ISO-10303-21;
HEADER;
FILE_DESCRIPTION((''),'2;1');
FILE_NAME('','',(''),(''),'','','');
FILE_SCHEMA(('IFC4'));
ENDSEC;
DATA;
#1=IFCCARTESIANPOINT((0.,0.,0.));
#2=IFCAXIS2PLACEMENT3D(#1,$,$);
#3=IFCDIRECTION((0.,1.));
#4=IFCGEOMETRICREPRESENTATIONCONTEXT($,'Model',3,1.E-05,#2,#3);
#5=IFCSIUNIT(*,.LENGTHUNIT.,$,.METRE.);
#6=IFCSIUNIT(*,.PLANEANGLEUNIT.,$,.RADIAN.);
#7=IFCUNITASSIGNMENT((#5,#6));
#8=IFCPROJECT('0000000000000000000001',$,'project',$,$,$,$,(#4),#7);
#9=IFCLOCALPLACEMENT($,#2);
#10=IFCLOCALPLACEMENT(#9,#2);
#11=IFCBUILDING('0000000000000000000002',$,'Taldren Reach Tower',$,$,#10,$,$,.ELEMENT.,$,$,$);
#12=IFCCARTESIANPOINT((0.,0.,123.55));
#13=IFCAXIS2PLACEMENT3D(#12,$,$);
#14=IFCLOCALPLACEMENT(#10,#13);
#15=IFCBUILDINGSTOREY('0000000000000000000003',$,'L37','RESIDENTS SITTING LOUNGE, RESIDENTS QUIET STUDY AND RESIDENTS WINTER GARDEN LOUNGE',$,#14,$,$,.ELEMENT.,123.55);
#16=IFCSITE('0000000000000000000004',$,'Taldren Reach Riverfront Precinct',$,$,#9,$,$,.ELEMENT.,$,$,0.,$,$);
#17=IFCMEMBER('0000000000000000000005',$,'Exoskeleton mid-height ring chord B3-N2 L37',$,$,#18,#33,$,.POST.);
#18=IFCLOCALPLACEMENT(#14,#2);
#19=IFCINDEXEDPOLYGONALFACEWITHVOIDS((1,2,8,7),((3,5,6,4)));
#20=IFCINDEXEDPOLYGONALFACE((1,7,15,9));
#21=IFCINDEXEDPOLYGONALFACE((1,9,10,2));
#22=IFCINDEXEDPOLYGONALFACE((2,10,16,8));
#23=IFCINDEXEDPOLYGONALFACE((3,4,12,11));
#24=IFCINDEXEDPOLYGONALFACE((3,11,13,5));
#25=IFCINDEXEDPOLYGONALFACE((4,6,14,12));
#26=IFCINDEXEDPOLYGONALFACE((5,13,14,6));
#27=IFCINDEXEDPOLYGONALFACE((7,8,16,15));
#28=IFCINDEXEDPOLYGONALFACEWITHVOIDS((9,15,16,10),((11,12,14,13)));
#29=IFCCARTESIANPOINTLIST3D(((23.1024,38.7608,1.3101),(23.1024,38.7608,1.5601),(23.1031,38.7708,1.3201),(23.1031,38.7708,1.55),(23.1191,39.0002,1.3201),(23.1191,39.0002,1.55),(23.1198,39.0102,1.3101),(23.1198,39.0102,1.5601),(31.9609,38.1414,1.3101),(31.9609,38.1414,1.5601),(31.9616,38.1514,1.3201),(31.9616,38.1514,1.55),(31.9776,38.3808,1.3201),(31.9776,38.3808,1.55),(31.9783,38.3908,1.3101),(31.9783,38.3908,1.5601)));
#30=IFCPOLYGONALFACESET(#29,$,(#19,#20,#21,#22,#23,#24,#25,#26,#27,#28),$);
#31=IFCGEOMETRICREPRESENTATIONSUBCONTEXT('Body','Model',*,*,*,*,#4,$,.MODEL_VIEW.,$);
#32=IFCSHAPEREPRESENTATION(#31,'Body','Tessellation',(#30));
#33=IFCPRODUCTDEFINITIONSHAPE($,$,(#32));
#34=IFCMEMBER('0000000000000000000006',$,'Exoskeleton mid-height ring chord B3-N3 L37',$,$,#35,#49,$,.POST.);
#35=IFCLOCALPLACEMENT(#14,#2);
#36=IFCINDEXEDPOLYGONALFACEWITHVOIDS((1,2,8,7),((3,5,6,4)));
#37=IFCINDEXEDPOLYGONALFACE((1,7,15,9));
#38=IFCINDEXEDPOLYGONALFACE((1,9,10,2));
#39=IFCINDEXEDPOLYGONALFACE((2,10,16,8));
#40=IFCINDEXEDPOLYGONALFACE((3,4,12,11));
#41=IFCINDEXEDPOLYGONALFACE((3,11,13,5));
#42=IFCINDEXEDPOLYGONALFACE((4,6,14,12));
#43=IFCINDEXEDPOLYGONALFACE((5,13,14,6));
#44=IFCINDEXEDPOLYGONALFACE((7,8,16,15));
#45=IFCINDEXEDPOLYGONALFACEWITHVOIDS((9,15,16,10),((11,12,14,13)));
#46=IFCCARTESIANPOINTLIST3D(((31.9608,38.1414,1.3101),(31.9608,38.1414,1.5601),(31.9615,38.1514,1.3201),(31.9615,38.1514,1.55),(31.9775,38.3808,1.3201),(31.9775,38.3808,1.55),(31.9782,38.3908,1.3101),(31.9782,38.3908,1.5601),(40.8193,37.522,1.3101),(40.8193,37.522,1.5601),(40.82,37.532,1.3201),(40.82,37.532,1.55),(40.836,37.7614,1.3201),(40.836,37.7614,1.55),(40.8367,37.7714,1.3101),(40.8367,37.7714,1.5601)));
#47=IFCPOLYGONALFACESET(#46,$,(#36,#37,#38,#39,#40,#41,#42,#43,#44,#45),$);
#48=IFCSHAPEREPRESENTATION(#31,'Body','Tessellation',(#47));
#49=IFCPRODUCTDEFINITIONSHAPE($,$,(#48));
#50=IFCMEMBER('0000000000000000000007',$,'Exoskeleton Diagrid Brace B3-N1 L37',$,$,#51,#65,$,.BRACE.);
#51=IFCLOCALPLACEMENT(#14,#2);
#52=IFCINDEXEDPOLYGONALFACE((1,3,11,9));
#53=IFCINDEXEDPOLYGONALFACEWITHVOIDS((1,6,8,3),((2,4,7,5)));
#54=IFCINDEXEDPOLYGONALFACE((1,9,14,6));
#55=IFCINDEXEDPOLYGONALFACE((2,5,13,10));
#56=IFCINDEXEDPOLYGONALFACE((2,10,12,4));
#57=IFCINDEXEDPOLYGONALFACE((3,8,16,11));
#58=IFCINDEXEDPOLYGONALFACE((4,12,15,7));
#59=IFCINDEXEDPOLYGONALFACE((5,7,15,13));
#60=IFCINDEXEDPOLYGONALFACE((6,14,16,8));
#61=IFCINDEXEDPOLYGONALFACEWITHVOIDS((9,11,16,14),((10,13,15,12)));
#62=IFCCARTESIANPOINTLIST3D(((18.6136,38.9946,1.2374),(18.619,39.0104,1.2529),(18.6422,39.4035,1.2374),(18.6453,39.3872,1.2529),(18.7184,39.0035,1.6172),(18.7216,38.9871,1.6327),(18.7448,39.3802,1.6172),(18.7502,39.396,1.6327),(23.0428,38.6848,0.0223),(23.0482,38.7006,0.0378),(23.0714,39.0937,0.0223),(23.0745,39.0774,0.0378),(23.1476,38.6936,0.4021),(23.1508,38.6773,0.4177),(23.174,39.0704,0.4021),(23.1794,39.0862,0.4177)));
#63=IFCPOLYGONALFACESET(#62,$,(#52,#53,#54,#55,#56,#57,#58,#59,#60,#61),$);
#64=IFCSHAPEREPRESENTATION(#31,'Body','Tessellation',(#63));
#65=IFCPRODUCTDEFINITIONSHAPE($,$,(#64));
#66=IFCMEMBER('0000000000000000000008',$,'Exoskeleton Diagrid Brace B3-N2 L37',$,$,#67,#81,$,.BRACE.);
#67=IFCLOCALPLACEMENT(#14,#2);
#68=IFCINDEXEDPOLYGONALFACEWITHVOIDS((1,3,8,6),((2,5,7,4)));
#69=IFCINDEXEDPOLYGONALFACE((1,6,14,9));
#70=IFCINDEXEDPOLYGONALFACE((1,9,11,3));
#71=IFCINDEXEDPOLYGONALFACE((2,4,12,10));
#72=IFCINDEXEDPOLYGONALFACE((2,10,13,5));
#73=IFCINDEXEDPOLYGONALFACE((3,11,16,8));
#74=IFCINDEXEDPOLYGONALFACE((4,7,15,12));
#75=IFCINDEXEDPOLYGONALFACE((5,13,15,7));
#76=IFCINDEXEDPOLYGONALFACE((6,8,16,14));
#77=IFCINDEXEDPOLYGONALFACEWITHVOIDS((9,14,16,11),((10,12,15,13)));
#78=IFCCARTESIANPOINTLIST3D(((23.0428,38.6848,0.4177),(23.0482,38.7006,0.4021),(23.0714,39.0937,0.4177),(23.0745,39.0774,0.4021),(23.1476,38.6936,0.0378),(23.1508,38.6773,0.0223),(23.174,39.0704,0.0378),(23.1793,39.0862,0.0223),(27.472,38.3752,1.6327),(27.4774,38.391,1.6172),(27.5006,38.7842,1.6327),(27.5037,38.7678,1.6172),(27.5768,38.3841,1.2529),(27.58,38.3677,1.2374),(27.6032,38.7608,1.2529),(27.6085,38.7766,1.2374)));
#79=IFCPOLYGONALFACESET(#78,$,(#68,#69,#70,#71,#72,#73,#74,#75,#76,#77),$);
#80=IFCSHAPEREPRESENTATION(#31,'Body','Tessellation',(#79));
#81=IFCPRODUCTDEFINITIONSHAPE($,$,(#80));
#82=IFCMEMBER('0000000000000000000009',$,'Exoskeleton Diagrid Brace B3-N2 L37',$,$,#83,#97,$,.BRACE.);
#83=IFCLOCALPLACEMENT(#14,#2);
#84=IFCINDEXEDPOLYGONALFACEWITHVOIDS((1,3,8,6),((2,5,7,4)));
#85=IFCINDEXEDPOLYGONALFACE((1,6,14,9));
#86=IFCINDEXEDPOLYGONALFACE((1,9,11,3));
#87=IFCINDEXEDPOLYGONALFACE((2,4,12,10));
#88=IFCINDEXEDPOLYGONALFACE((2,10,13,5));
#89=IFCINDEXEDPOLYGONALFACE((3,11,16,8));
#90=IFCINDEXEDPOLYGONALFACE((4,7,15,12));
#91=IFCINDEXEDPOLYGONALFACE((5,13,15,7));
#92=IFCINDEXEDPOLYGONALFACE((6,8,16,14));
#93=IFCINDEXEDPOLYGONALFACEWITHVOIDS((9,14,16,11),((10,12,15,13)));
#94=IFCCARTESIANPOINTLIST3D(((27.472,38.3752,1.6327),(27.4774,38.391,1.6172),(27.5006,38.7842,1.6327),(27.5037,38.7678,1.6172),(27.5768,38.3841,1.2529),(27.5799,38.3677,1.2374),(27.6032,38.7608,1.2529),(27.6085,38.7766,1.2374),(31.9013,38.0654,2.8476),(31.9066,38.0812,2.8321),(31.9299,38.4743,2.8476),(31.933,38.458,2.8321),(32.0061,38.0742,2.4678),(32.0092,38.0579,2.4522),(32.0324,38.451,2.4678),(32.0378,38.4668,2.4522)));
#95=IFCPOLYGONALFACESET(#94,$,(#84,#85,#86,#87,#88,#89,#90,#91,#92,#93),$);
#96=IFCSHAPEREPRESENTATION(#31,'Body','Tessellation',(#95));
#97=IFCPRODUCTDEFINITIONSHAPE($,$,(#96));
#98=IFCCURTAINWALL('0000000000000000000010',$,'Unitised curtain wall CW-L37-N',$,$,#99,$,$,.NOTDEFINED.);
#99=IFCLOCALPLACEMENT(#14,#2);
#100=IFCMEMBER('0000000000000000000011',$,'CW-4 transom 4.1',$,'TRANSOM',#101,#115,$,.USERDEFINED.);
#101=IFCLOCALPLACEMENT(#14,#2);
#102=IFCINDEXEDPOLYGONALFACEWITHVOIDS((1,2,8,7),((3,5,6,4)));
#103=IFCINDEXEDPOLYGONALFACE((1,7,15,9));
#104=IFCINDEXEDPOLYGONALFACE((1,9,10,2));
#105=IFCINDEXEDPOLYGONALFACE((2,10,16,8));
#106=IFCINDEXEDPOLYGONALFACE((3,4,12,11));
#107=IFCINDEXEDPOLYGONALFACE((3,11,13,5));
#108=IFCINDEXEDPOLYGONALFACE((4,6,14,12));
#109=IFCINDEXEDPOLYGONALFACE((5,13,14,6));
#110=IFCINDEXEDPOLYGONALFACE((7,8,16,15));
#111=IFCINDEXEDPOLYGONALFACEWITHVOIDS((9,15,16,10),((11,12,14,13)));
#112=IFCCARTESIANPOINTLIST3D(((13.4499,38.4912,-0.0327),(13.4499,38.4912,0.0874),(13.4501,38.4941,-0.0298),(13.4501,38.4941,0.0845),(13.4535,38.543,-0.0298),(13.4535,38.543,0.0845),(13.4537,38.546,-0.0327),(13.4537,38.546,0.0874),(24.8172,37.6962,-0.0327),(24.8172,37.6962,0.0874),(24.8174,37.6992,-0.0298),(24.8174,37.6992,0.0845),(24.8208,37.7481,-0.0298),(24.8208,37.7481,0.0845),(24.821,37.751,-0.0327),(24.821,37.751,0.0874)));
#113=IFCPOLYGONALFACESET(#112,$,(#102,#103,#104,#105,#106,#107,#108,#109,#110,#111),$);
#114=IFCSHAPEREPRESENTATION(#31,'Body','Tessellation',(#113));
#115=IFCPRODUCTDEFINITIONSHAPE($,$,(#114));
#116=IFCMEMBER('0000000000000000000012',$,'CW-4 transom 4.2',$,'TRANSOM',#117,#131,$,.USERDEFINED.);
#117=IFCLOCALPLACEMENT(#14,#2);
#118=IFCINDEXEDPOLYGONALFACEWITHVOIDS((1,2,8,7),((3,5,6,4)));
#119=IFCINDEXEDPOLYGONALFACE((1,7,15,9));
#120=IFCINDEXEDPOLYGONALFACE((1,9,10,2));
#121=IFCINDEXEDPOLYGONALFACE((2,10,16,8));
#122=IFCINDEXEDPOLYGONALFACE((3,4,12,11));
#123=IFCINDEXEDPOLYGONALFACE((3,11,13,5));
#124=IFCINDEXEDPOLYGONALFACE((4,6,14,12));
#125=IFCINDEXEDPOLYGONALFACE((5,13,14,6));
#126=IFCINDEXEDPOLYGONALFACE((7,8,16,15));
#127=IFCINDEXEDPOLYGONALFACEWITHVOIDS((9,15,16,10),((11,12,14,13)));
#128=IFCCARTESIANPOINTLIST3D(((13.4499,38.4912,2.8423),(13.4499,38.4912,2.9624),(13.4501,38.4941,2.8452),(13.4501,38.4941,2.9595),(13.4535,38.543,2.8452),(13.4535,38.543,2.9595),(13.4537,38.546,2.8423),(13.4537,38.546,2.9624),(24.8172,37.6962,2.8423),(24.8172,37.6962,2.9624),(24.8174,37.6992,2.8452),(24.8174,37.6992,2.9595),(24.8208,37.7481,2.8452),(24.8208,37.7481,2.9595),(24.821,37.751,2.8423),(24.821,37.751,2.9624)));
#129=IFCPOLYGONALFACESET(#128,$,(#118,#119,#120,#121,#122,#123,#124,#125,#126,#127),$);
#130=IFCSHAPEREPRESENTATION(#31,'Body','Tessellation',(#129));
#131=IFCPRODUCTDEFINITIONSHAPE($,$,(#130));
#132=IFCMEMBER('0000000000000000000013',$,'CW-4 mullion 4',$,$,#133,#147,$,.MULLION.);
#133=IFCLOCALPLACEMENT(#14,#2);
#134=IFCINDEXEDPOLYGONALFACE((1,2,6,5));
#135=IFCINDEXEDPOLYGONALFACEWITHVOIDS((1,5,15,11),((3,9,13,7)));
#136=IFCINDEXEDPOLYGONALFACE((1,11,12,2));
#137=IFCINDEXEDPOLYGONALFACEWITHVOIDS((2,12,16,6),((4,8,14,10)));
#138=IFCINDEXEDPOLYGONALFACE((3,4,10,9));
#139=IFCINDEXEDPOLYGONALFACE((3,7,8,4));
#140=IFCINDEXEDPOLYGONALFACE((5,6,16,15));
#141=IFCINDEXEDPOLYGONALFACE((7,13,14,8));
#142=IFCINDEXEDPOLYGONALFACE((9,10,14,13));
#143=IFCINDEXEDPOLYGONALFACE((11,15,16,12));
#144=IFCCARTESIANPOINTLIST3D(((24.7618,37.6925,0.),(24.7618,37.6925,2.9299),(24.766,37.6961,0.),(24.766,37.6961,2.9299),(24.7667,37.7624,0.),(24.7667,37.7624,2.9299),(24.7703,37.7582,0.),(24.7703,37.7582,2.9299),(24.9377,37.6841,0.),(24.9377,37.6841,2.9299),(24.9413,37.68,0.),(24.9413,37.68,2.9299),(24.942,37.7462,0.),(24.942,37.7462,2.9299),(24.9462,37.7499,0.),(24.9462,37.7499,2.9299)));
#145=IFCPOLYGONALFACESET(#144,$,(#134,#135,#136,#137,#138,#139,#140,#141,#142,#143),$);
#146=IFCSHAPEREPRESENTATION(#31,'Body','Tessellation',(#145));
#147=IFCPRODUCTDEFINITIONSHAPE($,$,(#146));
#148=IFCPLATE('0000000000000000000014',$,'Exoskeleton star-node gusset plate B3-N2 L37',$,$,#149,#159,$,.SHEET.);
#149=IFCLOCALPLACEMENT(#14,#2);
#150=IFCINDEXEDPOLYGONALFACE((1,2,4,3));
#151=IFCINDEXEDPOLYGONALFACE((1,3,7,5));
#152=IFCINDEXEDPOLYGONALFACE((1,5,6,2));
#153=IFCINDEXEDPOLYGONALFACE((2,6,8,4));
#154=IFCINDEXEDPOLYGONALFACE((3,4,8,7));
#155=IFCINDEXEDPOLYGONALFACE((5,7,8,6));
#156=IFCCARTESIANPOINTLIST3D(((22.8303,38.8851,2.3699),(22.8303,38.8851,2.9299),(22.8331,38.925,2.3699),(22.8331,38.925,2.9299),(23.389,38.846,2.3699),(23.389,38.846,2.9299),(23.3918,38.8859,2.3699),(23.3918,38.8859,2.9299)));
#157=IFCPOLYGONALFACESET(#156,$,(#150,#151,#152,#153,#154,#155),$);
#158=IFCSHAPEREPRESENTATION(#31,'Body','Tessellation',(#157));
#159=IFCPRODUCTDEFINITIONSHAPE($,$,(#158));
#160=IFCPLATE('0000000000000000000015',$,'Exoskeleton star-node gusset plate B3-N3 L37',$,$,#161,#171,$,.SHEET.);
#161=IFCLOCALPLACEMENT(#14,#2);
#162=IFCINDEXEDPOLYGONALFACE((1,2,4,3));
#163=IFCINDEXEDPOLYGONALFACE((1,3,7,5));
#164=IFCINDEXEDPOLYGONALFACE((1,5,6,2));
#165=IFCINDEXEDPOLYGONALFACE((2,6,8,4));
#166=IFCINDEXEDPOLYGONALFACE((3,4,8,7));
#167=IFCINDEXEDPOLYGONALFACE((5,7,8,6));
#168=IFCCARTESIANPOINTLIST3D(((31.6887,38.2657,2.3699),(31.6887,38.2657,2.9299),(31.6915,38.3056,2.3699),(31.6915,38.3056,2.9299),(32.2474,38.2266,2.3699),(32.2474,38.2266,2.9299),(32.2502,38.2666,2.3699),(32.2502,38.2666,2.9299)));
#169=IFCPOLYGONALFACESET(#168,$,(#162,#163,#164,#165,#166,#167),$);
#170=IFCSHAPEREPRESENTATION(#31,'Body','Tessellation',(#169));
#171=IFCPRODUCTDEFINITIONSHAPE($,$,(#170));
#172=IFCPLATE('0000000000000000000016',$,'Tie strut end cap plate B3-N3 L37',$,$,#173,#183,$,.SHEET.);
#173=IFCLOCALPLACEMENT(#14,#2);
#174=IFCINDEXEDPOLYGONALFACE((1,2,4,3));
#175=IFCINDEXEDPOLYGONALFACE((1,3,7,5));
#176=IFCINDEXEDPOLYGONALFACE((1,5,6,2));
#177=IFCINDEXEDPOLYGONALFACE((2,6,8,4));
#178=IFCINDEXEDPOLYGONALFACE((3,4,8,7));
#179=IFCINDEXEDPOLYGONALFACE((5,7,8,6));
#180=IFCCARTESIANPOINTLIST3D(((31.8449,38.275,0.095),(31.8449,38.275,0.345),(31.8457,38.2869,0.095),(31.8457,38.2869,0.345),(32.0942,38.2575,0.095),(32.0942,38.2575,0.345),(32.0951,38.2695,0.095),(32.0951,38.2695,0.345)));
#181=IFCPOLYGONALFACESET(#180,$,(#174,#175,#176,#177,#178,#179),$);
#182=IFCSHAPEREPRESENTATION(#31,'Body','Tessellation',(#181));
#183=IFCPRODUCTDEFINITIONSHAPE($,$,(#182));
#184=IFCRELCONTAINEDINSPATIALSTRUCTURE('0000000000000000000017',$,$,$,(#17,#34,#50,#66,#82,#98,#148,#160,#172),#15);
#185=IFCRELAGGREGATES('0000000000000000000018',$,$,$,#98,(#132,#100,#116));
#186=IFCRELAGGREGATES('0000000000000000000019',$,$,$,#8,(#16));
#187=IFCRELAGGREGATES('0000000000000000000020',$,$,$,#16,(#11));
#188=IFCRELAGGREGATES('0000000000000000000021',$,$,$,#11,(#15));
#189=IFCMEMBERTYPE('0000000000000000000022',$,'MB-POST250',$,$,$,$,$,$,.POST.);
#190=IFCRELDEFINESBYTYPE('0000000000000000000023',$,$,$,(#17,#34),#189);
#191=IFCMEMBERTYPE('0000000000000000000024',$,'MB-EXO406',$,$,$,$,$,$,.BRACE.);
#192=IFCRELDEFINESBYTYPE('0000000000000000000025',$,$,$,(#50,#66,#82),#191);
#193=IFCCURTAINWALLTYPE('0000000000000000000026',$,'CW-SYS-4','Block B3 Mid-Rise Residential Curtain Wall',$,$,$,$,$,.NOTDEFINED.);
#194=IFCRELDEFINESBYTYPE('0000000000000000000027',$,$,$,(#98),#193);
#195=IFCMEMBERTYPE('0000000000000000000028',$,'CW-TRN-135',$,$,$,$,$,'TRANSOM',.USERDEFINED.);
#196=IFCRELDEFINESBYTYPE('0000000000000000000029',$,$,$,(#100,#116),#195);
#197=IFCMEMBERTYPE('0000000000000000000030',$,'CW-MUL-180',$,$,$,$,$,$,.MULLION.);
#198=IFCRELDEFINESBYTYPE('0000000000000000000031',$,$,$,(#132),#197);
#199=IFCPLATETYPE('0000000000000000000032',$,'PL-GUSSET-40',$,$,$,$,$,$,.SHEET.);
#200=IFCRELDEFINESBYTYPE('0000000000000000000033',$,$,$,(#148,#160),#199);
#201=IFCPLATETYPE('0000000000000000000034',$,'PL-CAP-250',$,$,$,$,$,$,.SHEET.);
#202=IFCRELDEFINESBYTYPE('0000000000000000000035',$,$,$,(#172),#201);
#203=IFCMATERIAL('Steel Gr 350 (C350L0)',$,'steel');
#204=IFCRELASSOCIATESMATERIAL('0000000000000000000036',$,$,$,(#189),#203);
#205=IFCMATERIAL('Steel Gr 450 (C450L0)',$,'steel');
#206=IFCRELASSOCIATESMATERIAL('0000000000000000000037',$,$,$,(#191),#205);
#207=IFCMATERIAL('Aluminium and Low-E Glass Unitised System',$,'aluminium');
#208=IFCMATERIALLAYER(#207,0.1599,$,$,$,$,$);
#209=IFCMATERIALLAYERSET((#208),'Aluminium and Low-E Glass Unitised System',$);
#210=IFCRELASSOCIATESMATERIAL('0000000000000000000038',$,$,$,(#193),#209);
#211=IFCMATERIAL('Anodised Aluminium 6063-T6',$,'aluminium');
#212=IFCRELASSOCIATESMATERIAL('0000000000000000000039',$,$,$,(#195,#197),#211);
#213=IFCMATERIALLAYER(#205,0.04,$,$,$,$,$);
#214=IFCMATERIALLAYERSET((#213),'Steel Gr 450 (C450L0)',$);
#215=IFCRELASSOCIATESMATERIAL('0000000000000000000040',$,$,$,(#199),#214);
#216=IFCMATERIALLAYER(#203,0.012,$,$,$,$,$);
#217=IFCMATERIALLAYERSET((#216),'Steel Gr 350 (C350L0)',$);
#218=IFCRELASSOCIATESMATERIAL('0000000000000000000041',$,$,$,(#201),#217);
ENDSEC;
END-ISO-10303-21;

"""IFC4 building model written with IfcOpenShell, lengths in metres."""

from ifc_helpers import new_model, si_unit, direction, frame, origin, origin_2d, place, context, subcontext, project, spatial, rectangle, hollow_rectangle, extrude, source, transform, mapped, material, layer, layer_set, material_profile, profile_set, type_object, element, aggregate, save


model = new_model("IFC4")

# Units and contexts
model_context = context("Model", 3, precision=1e-05, world=origin(), true_north=direction((0.0, 1.0)))
body_context = subcontext(model_context, "Body", "Model", "MODEL_VIEW")
ifc_project = project(units=[si_unit("LENGTHUNIT", "METRE"), si_unit("PLANEANGLEUNIT", "RADIAN")], contexts=[model_context])

# Site, building, storey
site_placement = place(None, origin())
site = spatial("IfcSite", under=ifc_project, at=site_placement, Name="Taldren Reach Riverfront Precinct", CompositionType="ELEMENT", RefElevation=0.0)
building_placement = place(site_placement, origin())
building = spatial("IfcBuilding", under=site, at=building_placement, Name="Taldren Reach Tower", CompositionType="ELEMENT")
storey_placement = place(building_placement, frame((0.0, 0.0, 123.55)))
storey = spatial("IfcBuildingStorey", under=building, at=storey_placement, Name="L37", Description="RESIDENTS SITTING LOUNGE, RESIDENTS QUIET STUDY AND RESIDENTS WINTER GARDEN LOUNGE", CompositionType="ELEMENT", Elevation=123.55)

# Shared definitions
ifc_material_1 = material(Name="Steel Gr 450 (C450L0)", Category="steel")
ifc_material_2 = material(Name="Steel Gr 350 (C350L0)", Category="steel")
ifc_material_profile_1 = material_profile(ifc_material_2, hollow_rectangle(XDim=0.25, YDim=0.25, WallThickness=0.01, at=origin_2d()), Name="250x250x10.0SHS")
ifc_profile_set_1 = profile_set([ifc_material_profile_1], Name="Steel Gr 350 (C350L0)")
member_type_1 = type_object("IfcMemberType", Name="MB-POST250", PredefinedType="POST", material=ifc_profile_set_1)

# Members
shared_shape_1 = source(origin(), body_context, "Body", "SweptSolid", [
    extrude(hollow_rectangle(XDim=0.25, YDim=0.25, WallThickness=0.01, at=origin_2d()), origin(), (0.0, 0.0, 1.0), 8.8801),
])
for number, where, z_axis, x_axis, name in (
    (1, (23.1111, 38.8855, 1.4351), (0.997564, -0.06975, 0.0), (0.06975, 0.997564, 0.0), "Exoskeleton mid-height ring chord B3-N2 L37"),
    (2, (31.9695, 38.2661, 1.4351), (0.997564, -0.06975, 0.0), (0.06975, 0.997564, 0.0), "Exoskeleton mid-height ring chord B3-N3 L37"),
):
    element("IfcMember", number, at=place(storey_placement, frame(where, z_axis=z_axis, x_axis=x_axis)), inside=storey, type_object=member_type_1, Name=name, PredefinedType="POST", context=body_context, shape_type="MappedRepresentation", body=[
        mapped(shared_shape_1, transform((0.0, 0.0, 0.0), scale=1.0)),
    ])
ifc_material_profile_2 = material_profile(ifc_material_1, hollow_rectangle(XDim=0.4099, YDim=0.4099, WallThickness=0.0161, at=origin_2d()), Name="410x410x16.0SHS")
ifc_profile_set_2 = profile_set([ifc_material_profile_2], Name="Steel Gr 450 (C450L0)")
member_type_2 = type_object("IfcMemberType", Name="MB-EXO406", PredefinedType="BRACE", material=ifc_profile_set_2)
shared_shape_2 = source(origin(), body_context, "Body", "SweptSolid", [
    extrude(hollow_rectangle(XDim=0.4099, YDim=0.4099, WallThickness=0.0161, at=origin_2d()), origin(), (0.0, 0.0, 1.0), 4.6033),
])
for number, where, z_axis, x_axis, name in (
    (3, (23.1111, 38.8855, 0.22), (-0.962182, 0.067303, 0.263961), (-0.069778, -0.997563, 0.0), "Exoskeleton Diagrid Brace B3-N1 L37"),
    (4, (23.1111, 38.8855, 0.22), (0.962186, -0.06725, 0.263962), (0.069723, 0.997566, 0.0), "Exoskeleton Diagrid Brace B3-N2 L37"),
    (5, (27.5403, 38.5759, 1.4351), (0.962196, -0.067304, 0.263912), (0.069778, 0.997563, 0.0), "Exoskeleton Diagrid Brace B3-N2 L37"),
):
    element("IfcMember", number, at=place(storey_placement, frame(where, z_axis=z_axis, x_axis=x_axis)), inside=storey, type_object=member_type_2, Name=name, PredefinedType="BRACE", context=body_context, shape_type="MappedRepresentation", body=[
        mapped(shared_shape_2, transform((0.0, 0.0, 0.0), scale=1.0)),
    ])

# Curtain wall, members
ifc_material_3 = material(Name="Aluminium and Low-E Glass Unitised System", Category="aluminium")
ifc_layer_1 = layer(ifc_material_3, 0.1599)
ifc_layer_set_1 = layer_set([ifc_layer_1], Name="Aluminium and Low-E Glass Unitised System")
curtain_wall_type = type_object("IfcCurtainWallType", Name="CW-SYS-4", Description="Block B3 Mid-Rise Residential Curtain Wall", PredefinedType="NOTDEFINED", material=ifc_layer_set_1)
curtain_wall_placement = place(storey_placement, origin())
curtain_wall = element("IfcCurtainWall", 6, at=curtain_wall_placement, inside=storey, type_object=curtain_wall_type, Name="Unitised curtain wall CW-L37-N", PredefinedType="NOTDEFINED")
ifc_material_4 = material(Name="Anodised Aluminium 6063-T6", Category="aluminium")
ifc_material_profile_3 = material_profile(ifc_material_4, hollow_rectangle(XDim=0.0549, YDim=0.1201, WallThickness=0.0029, at=origin_2d()), Name="ALU-120x55x3RHS")
ifc_profile_set_3 = profile_set([ifc_material_profile_3], Name="Anodised Aluminium 6063-T6")
member_type_3 = type_object("IfcMemberType", Name="CW-TRN-135", ElementType="TRANSOM", PredefinedType="USERDEFINED", material=ifc_profile_set_3)
shared_shape_3 = source(origin(), body_context, "Body", "SweptSolid", [
    extrude(hollow_rectangle(XDim=0.0549, YDim=0.1201, WallThickness=0.0029, at=origin_2d()), origin(), (0.0, 0.0, 1.0), 11.395),
])
member_1_placement = place(storey_placement, frame((24.8191, 37.7236, 0.0273), z_axis=(-0.997564, 0.069761, 0.0), x_axis=(-0.069761, -0.997564, 0.0)))
member_1 = element("IfcMember", 7, at=member_1_placement, type_object=member_type_3, Name="CW-4 transom 4.1", ObjectType="TRANSOM", PredefinedType="USERDEFINED", context=body_context, shape_type="MappedRepresentation", body=[
    mapped(shared_shape_3, transform((0.0, 0.0, 0.0), scale=1.0)),
])
member_2_placement = place(storey_placement, frame((24.8191, 37.7236, 2.9023), z_axis=(-0.997564, 0.069761, 0.0), x_axis=(-0.069761, -0.997564, 0.0)))
member_2 = element("IfcMember", 8, at=member_2_placement, type_object=member_type_3, Name="CW-4 transom 4.2", ObjectType="TRANSOM", PredefinedType="USERDEFINED", context=body_context, shape_type="MappedRepresentation", body=[
    mapped(shared_shape_3, transform((0.0, 0.0, 0.0), scale=1.0)),
])
ifc_material_profile_4 = material_profile(ifc_material_4, hollow_rectangle(XDim=0.0701, YDim=0.1799, WallThickness=0.0039, at=origin_2d()), Name="ALU-180x70x4RHS")
ifc_profile_set_4 = profile_set([ifc_material_profile_4], Name="Anodised Aluminium 6063-T6")
member_type_4 = type_object("IfcMemberType", Name="CW-MUL-180", PredefinedType="MULLION", material=ifc_profile_set_4)
shared_shape_4 = source(origin(), body_context, "Body", "SweptSolid", [
    extrude(hollow_rectangle(XDim=0.0701, YDim=0.1799, WallThickness=0.0039, at=origin_2d()), origin(), (0.0, 0.0, 1.0), 2.9299),
])
member_3_placement = place(storey_placement, frame((24.854, 37.7212, 0.0), z_axis=(0.0, 0.0, 1.0), x_axis=(-0.069757, -0.997564, 0.0)))
member_3 = element("IfcMember", 9, at=member_3_placement, type_object=member_type_4, Name="CW-4 mullion 4", PredefinedType="MULLION", context=body_context, shape_type="MappedRepresentation", body=[
    mapped(shared_shape_4, transform((0.0, 0.0, 0.0), scale=1.0)),
])

# Plates
ifc_layer_2 = layer(ifc_material_1, 0.04)
ifc_layer_set_2 = layer_set([ifc_layer_2], Name="Steel Gr 450 (C450L0)")
plate_type_1 = type_object("IfcPlateType", Name="PL-GUSSET-40", PredefinedType="SHEET", material=ifc_layer_set_2)
shared_shape_5 = source(origin(), body_context, "Body", "SweptSolid", [
    extrude(rectangle(XDim=0.5601, YDim=0.04, at=origin_2d()), origin(), (0.0, 0.0, 1.0), 0.5601),
])
for number, where, z_axis, x_axis, name in (
    (10, (23.1111, 38.8855, 2.3699), (0.0, 0.0, 1.0), (0.997564, -0.069756, 0.0), "Exoskeleton star-node gusset plate B3-N2 L37"),
    (11, (31.9695, 38.2661, 2.3699), (0.0, 0.0, 1.0), (0.997564, -0.069756, 0.0), "Exoskeleton star-node gusset plate B3-N3 L37"),
):
    element("IfcPlate", number, at=place(storey_placement, frame(where, z_axis=z_axis, x_axis=x_axis)), inside=storey, type_object=plate_type_1, Name=name, PredefinedType="SHEET", context=body_context, shape_type="MappedRepresentation", body=[
        mapped(shared_shape_5, transform((0.0, 0.0, 0.0), scale=1.0)),
    ])
ifc_layer_3 = layer(ifc_material_2, 0.012)
ifc_layer_set_3 = layer_set([ifc_layer_3], Name="Steel Gr 350 (C350L0)")
plate_type_2 = type_object("IfcPlateType", Name="PL-CAP-250", PredefinedType="SHEET", material=ifc_layer_set_3)
shared_shape_6 = source(origin(), body_context, "Body", "SweptSolid", [
    extrude(rectangle(XDim=0.25, YDim=0.012, at=origin_2d()), origin(), (0.0, 0.0, 1.0), 0.25),
])
plate_1_placement = place(storey_placement, frame((31.97, 38.2722, 0.095), z_axis=(0.0, 0.0, 1.0), x_axis=(0.997564, -0.069756, 0.0)))
element("IfcPlate", 12, at=plate_1_placement, inside=storey, type_object=plate_type_2, Name="Tie strut end cap plate B3-N3 L37", PredefinedType="SHEET", context=body_context, shape_type="MappedRepresentation", body=[
    mapped(shared_shape_6, transform((0.0, 0.0, 0.0), scale=1.0)),
])

aggregate(curtain_wall, [member_3, member_1, member_2])

save(model, "model.ifc")
